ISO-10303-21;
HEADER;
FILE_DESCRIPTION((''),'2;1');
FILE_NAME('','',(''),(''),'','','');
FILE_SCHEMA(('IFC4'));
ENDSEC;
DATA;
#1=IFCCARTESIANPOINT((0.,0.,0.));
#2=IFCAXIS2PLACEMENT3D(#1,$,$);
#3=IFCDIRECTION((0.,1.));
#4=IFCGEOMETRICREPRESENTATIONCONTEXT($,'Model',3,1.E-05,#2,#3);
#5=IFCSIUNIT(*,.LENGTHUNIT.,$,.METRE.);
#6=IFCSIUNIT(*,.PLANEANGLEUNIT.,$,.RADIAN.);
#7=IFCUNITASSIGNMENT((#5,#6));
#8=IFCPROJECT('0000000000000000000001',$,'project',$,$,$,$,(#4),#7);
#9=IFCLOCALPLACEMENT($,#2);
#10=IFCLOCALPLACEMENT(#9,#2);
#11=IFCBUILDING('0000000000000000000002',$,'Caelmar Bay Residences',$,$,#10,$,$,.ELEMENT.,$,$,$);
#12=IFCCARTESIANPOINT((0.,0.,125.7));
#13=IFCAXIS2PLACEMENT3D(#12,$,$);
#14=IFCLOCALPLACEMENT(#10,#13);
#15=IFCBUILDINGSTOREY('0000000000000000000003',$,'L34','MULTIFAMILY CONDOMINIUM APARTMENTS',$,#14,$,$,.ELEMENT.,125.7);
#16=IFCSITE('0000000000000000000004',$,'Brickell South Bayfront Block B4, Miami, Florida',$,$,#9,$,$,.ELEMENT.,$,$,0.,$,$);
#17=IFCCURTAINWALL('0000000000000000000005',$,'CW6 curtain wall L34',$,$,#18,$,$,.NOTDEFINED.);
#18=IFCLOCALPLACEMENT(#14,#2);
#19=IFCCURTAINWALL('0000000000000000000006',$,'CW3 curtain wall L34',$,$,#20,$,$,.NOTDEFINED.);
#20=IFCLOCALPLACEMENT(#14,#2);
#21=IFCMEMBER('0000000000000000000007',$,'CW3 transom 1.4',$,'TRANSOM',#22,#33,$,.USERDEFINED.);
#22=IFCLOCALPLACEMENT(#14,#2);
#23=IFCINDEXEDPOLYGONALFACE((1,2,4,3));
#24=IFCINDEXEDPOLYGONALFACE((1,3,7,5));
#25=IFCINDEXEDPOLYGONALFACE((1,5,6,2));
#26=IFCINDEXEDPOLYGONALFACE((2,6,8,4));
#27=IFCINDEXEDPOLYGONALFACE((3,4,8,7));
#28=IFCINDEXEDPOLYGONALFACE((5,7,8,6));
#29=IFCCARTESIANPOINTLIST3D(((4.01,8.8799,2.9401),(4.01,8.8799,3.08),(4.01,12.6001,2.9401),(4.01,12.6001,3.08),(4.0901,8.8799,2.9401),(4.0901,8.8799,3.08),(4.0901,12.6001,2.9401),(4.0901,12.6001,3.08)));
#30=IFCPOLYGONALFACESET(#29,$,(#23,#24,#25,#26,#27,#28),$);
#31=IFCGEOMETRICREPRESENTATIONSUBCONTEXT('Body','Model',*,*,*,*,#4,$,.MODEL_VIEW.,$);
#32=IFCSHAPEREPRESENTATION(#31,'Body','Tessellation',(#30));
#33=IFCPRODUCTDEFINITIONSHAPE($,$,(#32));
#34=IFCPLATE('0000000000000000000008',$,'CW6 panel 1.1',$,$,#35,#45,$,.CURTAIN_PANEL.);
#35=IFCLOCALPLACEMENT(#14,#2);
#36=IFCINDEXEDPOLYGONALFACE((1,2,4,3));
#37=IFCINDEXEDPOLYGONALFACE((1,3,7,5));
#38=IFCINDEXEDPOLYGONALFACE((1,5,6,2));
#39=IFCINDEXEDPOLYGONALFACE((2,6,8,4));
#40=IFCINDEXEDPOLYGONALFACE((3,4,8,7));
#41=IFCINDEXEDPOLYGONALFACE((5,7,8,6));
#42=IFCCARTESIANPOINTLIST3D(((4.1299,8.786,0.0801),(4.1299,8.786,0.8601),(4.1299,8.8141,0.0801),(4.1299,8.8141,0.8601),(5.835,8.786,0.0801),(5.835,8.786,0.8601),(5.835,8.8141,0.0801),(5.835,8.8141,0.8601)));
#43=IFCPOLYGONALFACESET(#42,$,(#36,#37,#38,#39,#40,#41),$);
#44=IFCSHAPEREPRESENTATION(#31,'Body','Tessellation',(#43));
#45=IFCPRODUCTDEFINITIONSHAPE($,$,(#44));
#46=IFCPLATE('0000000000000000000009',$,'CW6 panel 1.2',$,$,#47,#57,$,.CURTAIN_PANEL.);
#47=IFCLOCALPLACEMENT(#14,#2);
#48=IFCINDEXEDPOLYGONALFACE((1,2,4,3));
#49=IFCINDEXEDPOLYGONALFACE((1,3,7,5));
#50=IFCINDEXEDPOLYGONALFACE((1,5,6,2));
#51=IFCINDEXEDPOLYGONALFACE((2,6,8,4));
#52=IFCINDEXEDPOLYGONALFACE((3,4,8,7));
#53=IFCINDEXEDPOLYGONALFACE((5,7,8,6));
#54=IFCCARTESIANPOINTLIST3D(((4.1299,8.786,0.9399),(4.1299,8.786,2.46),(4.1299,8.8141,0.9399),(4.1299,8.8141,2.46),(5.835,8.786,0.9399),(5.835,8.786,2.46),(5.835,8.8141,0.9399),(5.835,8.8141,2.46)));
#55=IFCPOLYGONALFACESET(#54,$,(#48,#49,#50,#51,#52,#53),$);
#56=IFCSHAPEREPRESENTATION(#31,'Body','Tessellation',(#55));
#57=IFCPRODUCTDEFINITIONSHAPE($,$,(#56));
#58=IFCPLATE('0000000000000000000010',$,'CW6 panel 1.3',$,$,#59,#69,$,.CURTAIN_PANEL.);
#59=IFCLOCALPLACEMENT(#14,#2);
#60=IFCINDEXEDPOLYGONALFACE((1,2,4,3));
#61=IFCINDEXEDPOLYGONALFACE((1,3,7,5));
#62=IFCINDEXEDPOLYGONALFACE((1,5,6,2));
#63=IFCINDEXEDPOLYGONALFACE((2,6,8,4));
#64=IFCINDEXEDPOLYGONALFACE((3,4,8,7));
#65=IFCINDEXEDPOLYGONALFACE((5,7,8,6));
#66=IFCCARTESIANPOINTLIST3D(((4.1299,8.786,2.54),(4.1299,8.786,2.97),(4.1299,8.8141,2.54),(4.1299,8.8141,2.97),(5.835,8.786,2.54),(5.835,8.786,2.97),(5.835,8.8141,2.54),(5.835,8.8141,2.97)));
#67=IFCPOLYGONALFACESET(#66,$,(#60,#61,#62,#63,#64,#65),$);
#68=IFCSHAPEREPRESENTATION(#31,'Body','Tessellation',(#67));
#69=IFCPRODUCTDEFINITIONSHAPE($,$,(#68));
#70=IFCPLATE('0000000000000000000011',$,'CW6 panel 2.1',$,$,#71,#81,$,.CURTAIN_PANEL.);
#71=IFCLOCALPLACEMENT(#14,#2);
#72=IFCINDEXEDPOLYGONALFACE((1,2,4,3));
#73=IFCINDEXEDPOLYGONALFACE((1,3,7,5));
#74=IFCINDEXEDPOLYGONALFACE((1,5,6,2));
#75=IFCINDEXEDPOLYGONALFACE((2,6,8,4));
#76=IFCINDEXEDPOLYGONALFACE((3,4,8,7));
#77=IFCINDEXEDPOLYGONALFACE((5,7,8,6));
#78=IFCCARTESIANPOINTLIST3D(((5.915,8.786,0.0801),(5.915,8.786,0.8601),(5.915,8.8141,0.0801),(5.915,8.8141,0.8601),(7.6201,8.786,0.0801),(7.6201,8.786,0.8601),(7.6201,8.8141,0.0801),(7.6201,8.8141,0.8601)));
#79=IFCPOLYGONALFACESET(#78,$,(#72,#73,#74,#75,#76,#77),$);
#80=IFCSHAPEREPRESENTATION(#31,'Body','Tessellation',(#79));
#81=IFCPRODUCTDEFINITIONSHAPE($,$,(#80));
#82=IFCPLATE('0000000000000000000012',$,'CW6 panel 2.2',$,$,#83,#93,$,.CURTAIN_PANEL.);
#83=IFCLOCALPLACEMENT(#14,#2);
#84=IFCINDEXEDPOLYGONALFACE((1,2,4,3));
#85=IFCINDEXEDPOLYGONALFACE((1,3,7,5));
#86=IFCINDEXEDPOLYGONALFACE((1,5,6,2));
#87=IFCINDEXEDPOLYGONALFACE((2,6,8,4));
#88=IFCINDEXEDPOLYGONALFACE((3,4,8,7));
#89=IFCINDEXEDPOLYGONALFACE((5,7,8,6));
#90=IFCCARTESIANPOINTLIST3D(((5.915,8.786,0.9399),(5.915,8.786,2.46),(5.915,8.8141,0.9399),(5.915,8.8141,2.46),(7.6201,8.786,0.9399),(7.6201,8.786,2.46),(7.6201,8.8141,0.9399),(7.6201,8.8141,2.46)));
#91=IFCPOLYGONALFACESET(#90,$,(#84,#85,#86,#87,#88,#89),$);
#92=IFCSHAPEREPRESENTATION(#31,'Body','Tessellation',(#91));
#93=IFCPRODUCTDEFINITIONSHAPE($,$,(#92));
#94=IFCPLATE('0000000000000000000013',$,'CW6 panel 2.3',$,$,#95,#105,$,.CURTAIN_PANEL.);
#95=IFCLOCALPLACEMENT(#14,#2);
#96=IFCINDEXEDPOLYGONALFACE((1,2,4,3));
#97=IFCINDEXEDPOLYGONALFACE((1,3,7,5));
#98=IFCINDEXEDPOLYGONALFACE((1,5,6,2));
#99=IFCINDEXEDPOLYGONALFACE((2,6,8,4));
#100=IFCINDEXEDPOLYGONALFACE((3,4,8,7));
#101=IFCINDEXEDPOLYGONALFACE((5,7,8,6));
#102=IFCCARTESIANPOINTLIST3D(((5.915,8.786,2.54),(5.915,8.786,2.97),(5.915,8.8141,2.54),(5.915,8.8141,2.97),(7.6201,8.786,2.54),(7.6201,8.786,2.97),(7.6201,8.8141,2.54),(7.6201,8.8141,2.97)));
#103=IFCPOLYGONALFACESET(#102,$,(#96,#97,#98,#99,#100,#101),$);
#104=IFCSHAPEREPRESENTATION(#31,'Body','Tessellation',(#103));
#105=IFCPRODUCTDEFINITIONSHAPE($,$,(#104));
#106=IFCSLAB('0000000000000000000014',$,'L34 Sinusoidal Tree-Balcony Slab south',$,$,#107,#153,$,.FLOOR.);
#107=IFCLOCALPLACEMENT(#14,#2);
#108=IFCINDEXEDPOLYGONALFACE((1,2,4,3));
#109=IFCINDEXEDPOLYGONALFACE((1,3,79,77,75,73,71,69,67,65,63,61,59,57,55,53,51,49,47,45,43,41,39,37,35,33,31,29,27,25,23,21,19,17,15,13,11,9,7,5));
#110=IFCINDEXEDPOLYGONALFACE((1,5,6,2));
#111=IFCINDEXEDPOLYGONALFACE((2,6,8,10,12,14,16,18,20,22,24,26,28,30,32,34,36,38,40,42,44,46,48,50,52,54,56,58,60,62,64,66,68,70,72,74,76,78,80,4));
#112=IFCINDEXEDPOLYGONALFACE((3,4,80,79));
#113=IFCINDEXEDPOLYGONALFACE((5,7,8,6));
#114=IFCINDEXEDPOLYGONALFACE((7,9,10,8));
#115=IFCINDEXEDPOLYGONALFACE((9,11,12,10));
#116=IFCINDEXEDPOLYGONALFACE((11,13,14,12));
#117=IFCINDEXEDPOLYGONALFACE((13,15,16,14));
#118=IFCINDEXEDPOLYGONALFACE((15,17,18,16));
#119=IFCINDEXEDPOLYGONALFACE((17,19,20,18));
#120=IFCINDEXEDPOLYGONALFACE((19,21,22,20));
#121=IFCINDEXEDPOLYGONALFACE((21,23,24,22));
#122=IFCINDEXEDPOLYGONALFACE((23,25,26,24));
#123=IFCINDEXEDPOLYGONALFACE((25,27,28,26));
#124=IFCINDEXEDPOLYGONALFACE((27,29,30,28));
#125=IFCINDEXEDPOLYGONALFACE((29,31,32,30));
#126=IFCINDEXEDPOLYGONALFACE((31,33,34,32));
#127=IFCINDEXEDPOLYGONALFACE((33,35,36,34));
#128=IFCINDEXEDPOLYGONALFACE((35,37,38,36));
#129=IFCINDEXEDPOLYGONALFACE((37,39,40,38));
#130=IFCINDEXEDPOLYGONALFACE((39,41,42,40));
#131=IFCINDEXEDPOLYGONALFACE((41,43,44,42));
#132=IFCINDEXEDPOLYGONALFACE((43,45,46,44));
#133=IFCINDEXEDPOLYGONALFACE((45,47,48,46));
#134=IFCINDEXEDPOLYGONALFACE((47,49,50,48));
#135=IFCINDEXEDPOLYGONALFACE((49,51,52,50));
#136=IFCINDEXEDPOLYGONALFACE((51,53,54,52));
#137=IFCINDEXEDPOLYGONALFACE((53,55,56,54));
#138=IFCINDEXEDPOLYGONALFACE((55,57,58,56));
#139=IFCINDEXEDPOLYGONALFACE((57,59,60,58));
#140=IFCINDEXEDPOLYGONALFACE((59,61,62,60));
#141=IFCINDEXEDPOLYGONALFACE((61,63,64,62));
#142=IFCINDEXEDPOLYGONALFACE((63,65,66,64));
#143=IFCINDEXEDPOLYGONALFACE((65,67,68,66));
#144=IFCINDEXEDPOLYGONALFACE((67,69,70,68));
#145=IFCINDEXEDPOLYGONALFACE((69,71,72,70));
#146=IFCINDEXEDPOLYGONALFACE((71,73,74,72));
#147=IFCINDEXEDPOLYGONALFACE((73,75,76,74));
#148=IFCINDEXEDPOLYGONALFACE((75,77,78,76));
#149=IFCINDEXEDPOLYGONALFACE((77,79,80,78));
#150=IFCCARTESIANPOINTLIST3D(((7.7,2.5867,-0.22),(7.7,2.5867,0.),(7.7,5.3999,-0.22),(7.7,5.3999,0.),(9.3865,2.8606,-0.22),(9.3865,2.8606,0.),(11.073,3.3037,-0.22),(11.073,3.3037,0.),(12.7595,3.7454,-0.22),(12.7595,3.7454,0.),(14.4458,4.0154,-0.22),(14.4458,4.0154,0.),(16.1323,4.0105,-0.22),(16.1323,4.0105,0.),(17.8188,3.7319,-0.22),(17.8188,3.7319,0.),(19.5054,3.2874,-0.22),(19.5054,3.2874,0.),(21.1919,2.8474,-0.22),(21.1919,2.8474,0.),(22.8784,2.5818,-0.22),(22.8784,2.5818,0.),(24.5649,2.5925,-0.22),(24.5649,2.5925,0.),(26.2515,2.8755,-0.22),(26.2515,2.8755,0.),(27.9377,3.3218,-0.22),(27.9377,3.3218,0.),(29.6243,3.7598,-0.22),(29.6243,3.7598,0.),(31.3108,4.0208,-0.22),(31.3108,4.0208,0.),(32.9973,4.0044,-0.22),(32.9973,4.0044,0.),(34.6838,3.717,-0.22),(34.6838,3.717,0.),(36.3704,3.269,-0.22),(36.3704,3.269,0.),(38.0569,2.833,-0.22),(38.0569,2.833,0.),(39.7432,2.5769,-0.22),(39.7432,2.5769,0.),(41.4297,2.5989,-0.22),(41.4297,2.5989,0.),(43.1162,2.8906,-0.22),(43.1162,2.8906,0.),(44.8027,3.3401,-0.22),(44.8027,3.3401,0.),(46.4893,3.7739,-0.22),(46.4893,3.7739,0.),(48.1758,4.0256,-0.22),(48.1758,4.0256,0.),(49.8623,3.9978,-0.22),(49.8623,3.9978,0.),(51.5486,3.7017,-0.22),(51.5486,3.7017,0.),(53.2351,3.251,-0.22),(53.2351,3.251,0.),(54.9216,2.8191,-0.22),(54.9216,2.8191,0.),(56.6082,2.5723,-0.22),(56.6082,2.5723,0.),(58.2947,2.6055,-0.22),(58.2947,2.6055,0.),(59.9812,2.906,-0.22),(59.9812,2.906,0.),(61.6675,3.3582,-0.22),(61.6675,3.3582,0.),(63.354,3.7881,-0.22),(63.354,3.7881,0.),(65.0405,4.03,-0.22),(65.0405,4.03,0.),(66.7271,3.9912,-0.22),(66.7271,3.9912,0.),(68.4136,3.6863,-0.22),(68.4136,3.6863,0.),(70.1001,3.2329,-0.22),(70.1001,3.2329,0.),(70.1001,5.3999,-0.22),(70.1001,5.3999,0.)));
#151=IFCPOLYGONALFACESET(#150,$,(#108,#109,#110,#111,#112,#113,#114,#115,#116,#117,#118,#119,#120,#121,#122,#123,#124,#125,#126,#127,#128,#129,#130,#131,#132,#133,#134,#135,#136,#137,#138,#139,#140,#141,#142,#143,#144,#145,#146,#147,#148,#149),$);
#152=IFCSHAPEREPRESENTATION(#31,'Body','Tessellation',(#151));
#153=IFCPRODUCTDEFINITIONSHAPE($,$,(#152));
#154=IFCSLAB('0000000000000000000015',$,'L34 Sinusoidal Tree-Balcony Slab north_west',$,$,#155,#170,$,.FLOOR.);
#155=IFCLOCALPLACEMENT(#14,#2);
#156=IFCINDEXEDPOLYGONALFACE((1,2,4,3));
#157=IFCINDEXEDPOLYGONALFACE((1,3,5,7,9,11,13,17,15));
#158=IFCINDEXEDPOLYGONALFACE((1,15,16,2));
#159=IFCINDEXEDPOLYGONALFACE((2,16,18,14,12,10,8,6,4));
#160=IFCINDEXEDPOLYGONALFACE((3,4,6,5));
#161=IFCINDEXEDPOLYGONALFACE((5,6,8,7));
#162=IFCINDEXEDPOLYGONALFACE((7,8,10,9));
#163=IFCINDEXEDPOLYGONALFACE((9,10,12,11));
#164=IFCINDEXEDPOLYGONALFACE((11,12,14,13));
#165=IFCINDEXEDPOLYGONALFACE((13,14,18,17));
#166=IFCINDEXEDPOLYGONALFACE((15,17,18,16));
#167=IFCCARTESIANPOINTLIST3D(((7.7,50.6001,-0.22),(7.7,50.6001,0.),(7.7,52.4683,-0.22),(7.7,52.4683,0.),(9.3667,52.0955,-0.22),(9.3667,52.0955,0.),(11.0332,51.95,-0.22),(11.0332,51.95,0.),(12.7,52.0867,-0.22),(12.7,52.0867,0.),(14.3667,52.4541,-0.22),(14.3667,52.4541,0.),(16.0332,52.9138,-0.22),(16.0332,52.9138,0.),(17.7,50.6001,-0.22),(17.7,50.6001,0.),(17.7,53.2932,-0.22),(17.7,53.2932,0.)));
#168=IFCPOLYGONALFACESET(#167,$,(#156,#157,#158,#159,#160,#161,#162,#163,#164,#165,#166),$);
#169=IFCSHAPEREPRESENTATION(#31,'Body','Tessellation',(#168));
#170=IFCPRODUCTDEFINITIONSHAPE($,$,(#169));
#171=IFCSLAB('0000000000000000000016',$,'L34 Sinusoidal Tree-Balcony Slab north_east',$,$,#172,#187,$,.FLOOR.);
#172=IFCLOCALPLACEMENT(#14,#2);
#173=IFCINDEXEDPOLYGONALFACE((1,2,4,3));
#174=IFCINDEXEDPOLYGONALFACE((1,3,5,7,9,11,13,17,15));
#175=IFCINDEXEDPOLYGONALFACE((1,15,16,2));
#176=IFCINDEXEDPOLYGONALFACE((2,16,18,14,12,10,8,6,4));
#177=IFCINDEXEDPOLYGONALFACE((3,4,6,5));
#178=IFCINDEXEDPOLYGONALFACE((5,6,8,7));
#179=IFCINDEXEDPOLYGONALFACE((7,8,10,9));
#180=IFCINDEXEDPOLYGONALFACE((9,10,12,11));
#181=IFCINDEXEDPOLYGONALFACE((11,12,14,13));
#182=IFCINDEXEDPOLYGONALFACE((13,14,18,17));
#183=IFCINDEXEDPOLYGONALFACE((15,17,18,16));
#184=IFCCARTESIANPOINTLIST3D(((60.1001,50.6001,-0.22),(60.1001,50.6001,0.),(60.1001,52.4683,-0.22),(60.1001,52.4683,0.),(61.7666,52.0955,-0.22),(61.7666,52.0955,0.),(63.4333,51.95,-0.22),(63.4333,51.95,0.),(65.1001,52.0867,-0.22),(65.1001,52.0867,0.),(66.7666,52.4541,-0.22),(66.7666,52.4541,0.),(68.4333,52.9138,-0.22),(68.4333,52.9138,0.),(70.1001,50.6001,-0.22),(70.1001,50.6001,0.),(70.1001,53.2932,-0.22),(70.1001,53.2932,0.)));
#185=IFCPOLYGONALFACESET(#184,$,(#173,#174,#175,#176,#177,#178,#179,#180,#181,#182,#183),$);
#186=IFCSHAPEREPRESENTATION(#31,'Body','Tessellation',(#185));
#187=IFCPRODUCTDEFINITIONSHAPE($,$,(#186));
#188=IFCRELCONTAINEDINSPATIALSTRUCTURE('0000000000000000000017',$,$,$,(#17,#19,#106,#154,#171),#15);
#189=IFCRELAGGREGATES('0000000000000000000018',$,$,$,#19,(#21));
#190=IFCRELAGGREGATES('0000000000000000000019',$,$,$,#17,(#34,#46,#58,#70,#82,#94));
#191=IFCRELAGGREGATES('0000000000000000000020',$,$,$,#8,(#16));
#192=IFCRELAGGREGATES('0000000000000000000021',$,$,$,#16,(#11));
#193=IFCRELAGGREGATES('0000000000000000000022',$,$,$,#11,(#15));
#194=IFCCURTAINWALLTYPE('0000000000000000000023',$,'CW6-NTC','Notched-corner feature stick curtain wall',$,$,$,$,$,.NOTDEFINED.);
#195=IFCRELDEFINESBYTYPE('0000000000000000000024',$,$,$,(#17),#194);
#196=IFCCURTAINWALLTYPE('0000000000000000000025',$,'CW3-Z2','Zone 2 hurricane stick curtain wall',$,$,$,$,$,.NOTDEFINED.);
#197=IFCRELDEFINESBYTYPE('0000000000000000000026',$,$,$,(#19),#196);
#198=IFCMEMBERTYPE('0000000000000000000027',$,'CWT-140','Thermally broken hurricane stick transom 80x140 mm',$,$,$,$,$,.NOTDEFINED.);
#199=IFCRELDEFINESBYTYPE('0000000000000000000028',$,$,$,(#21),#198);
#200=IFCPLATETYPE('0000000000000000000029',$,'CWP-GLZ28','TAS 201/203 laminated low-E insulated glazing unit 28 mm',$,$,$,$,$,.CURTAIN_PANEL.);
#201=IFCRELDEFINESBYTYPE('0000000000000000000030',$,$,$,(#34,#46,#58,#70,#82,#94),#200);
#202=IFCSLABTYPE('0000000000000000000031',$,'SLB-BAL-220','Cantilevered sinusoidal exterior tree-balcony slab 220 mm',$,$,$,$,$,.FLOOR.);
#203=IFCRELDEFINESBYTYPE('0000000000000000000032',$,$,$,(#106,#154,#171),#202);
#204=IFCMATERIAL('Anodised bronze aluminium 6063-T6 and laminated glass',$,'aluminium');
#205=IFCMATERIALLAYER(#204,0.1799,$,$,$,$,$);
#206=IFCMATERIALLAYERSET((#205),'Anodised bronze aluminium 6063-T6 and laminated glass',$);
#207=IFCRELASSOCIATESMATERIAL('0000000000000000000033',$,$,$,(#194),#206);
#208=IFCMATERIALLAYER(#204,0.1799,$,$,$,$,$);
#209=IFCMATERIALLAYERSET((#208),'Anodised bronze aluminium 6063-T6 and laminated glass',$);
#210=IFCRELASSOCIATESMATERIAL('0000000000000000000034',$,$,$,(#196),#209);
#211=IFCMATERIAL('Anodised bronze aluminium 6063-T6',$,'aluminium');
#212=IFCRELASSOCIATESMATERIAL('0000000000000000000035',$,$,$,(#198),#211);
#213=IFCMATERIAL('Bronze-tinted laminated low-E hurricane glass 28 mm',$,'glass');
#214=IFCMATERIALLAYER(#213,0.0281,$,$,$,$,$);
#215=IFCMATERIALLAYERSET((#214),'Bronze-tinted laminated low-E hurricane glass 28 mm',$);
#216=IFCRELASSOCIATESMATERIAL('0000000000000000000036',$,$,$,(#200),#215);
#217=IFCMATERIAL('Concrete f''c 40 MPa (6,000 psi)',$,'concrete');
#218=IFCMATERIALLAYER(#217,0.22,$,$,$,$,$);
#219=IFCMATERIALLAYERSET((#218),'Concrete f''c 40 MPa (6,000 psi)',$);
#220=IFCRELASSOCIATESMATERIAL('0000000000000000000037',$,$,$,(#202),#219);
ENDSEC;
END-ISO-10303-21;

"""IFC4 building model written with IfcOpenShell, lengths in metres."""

from ifc_helpers import new_model, si_unit, direction, frame, origin, origin_2d, place, context, subcontext, project, spatial, polyline, rectangle, outline, extrude, material, layer, layer_set, material_profile, profile_set, type_object, element, aggregate, save


model = new_model("IFC4")

# Units and contexts
model_context = context("Model", 3, precision=1e-05, world=origin(), true_north=direction((0.0, 1.0)))
body_context = subcontext(model_context, "Body", "Model", "MODEL_VIEW")
ifc_project = project(units=[si_unit("LENGTHUNIT", "METRE"), si_unit("PLANEANGLEUNIT", "RADIAN")], contexts=[model_context])

# Site, building, storey
site_placement = place(None, origin())
site = spatial("IfcSite", under=ifc_project, at=site_placement, Name="Brickell South Bayfront Block B4, Miami, Florida", CompositionType="ELEMENT", RefElevation=0.0)
building_placement = place(site_placement, origin())
building = spatial("IfcBuilding", under=site, at=building_placement, Name="Caelmar Bay Residences", CompositionType="ELEMENT")
storey_placement = place(building_placement, frame((0.0, 0.0, 125.7)))
storey = spatial("IfcBuildingStorey", under=building, at=storey_placement, Name="L34", Description="MULTIFAMILY CONDOMINIUM APARTMENTS", CompositionType="ELEMENT", Elevation=125.7)

# Curtain wall
ifc_material_1 = material(Name="Anodised bronze aluminium 6063-T6 and laminated glass", Category="aluminium")
ifc_layer_1 = layer(ifc_material_1, 0.1799)
ifc_layer_set_1 = layer_set([ifc_layer_1], Name="Anodised bronze aluminium 6063-T6 and laminated glass")
curtain_wall_type_1 = type_object("IfcCurtainWallType", Name="CW6-NTC", Description="Notched-corner feature stick curtain wall", PredefinedType="NOTDEFINED", material=ifc_layer_set_1)
curtain_wall_1_placement = place(storey_placement, origin())
curtain_wall_1 = element("IfcCurtainWall", 1, at=curtain_wall_1_placement, inside=storey, type_object=curtain_wall_type_1, Name="CW6 curtain wall L34", PredefinedType="NOTDEFINED")
ifc_material_2 = material(Name="Anodised bronze aluminium 6063-T6", Category="aluminium")

# Curtain wall
ifc_layer_2 = layer(ifc_material_1, 0.1799)
ifc_layer_set_2 = layer_set([ifc_layer_2], Name="Anodised bronze aluminium 6063-T6 and laminated glass")
curtain_wall_type_2 = type_object("IfcCurtainWallType", Name="CW3-Z2", Description="Zone 2 hurricane stick curtain wall", PredefinedType="NOTDEFINED", material=ifc_layer_set_2)
curtain_wall_2_placement = place(storey_placement, origin())
curtain_wall_2 = element("IfcCurtainWall", 2, at=curtain_wall_2_placement, inside=storey, type_object=curtain_wall_type_2, Name="CW3 curtain wall L34", PredefinedType="NOTDEFINED")

# Member
ifc_material_profile_1 = material_profile(ifc_material_2, rectangle(XDim=0.0801, YDim=0.1399, at=origin_2d()), Name="CWT-80X140")
ifc_profile_set_1 = profile_set([ifc_material_profile_1], Name="Anodised bronze aluminium 6063-T6")
member_type_1 = type_object("IfcMemberType", Name="CWT-140", Description="Thermally broken hurricane stick transom 80x140 mm", PredefinedType="NOTDEFINED", material=ifc_profile_set_1)
member_1_placement = place(storey_placement, frame((4.05, 8.8799, 3.01), z_axis=(0.0, 1.0, 0.0), x_axis=(-1.0, 0.0, 0.0)))
member_1 = element("IfcMember", 3, at=member_1_placement, type_object=member_type_1, Name="CW3 transom 1.4", ObjectType="TRANSOM", PredefinedType="USERDEFINED", context=body_context, shape_type="SweptSolid", body=[
    extrude(rectangle(XDim=0.0801, YDim=0.1399, at=origin_2d()), origin(), (0.0, 0.0, 1.0), 3.7202),
])
aggregate(curtain_wall_2, [member_1])

# Plates
ifc_material_3 = material(Name="Bronze-tinted laminated low-E hurricane glass 28 mm", Category="glass")
ifc_layer_3 = layer(ifc_material_3, 0.0281)
ifc_layer_set_3 = layer_set([ifc_layer_3], Name="Bronze-tinted laminated low-E hurricane glass 28 mm")
plate_type = type_object("IfcPlateType", Name="CWP-GLZ28", Description="TAS 201/203 laminated low-E insulated glazing unit 28 mm", PredefinedType="CURTAIN_PANEL", material=ifc_layer_set_3)
plate_1_placement = place(storey_placement, frame((4.9824, 8.8, 0.0801), z_axis=(0.0, 0.0, 1.0), x_axis=(1.0, 0.0, 0.0)))
plate_1 = element("IfcPlate", 4, at=plate_1_placement, type_object=plate_type, Name="CW6 panel 1.1", PredefinedType="CURTAIN_PANEL", context=body_context, shape_type="SweptSolid", body=[
    extrude(rectangle(XDim=1.7051, YDim=0.0281, at=origin_2d()), origin(), (0.0, 0.0, 1.0), 0.78),
])
plate_2_placement = place(storey_placement, frame((4.9824, 8.8, 0.9399), z_axis=(0.0, 0.0, 1.0), x_axis=(1.0, 0.0, 0.0)))
plate_2 = element("IfcPlate", 5, at=plate_2_placement, type_object=plate_type, Name="CW6 panel 1.2", PredefinedType="CURTAIN_PANEL", context=body_context, shape_type="SweptSolid", body=[
    extrude(rectangle(XDim=1.7051, YDim=0.0281, at=origin_2d()), origin(), (0.0, 0.0, 1.0), 1.52),
])
plate_3_placement = place(storey_placement, frame((4.9824, 8.8, 2.54), z_axis=(0.0, 0.0, 1.0), x_axis=(1.0, 0.0, 0.0)))
plate_3 = element("IfcPlate", 6, at=plate_3_placement, type_object=plate_type, Name="CW6 panel 1.3", PredefinedType="CURTAIN_PANEL", context=body_context, shape_type="SweptSolid", body=[
    extrude(rectangle(XDim=1.7051, YDim=0.0281, at=origin_2d()), origin(), (0.0, 0.0, 1.0), 0.4299),
])
plate_4_placement = place(storey_placement, frame((6.7676, 8.8, 0.0801), z_axis=(0.0, 0.0, 1.0), x_axis=(1.0, 0.0, 0.0)))
plate_4 = element("IfcPlate", 7, at=plate_4_placement, type_object=plate_type, Name="CW6 panel 2.1", PredefinedType="CURTAIN_PANEL", context=body_context, shape_type="SweptSolid", body=[
    extrude(rectangle(XDim=1.7051, YDim=0.0281, at=origin_2d()), origin(), (0.0, 0.0, 1.0), 0.78),
])
plate_5_placement = place(storey_placement, frame((6.7676, 8.8, 0.9399), z_axis=(0.0, 0.0, 1.0), x_axis=(1.0, 0.0, 0.0)))
plate_5 = element("IfcPlate", 8, at=plate_5_placement, type_object=plate_type, Name="CW6 panel 2.2", PredefinedType="CURTAIN_PANEL", context=body_context, shape_type="SweptSolid", body=[
    extrude(rectangle(XDim=1.7051, YDim=0.0281, at=origin_2d()), origin(), (0.0, 0.0, 1.0), 1.52),
])
plate_6_placement = place(storey_placement, frame((6.7676, 8.8, 2.54), z_axis=(0.0, 0.0, 1.0), x_axis=(1.0, 0.0, 0.0)))
plate_6 = element("IfcPlate", 9, at=plate_6_placement, type_object=plate_type, Name="CW6 panel 2.3", PredefinedType="CURTAIN_PANEL", context=body_context, shape_type="SweptSolid", body=[
    extrude(rectangle(XDim=1.7051, YDim=0.0281, at=origin_2d()), origin(), (0.0, 0.0, 1.0), 0.4299),
])
aggregate(curtain_wall_1, [plate_1, plate_2, plate_3, plate_4, plate_5, plate_6])

# Slabs
ifc_material_4 = material(Name="Concrete f'c 40 MPa (6,000 psi)", Category="concrete")
ifc_layer_4 = layer(ifc_material_4, 0.22)
ifc_layer_set_4 = layer_set([ifc_layer_4], Name="Concrete f'c 40 MPa (6,000 psi)")
slab_type_1 = type_object("IfcSlabType", Name="SLB-BAL-220", Description="Cantilevered sinusoidal exterior tree-balcony slab 220 mm", PredefinedType="FLOOR", material=ifc_layer_set_4)
slab_1_placement = place(storey_placement, frame((0.0, 0.0, -0.22)))
element("IfcSlab", 10, at=slab_1_placement, inside=storey, type_object=slab_type_1, Name="L34 Sinusoidal Tree-Balcony Slab south", PredefinedType="FLOOR", context=body_context, shape_type="SweptSolid", body=[
    extrude(outline(polyline([(7.7, 2.5867), (9.3865, 2.8606), (11.073, 3.3037), (12.7595, 3.7454), (14.4458, 4.0154), (16.1323, 4.0105), (17.8188, 3.7319), (19.5054, 3.2874), (21.1919, 2.8474), (22.8784, 2.5818), (24.5649, 2.5925), (26.2515, 2.8755), (27.9377, 3.3218), (29.6243, 3.7598), (31.3108, 4.0208), (32.9973, 4.0044), (34.6838, 3.717), (36.3704, 3.269), (38.0569, 2.833), (39.7432, 2.5769), (41.4297, 2.5989), (43.1162, 2.8906), (44.8027, 3.3401), (46.4893, 3.7739), (48.1758, 4.0256), (49.8623, 3.9978), (51.5486, 3.7017), (53.2351, 3.251), (54.9216, 2.8191), (56.6082, 2.5723), (58.2947, 2.6055), (59.9812, 2.906), (61.6675, 3.3582), (63.354, 3.7881), (65.0405, 4.03), (66.7271, 3.9912), (68.4136, 3.6863), (70.1001, 3.2329), (70.1001, 5.3999), (7.7, 5.3999), (7.7, 2.5867)])), origin(), (0.0, 0.0, 1.0), 0.22),
])
slab_2_placement = place(storey_placement, frame((0.0, 0.0, -0.22)))
element("IfcSlab", 11, at=slab_2_placement, inside=storey, type_object=slab_type_1, Name="L34 Sinusoidal Tree-Balcony Slab north_west", PredefinedType="FLOOR", context=body_context, shape_type="SweptSolid", body=[
    extrude(outline(polyline([(7.7, 50.6001), (17.7, 50.6001), (17.7, 53.2932), (16.0332, 52.9138), (14.3667, 52.4541), (12.7, 52.0867), (11.0332, 51.95), (9.3667, 52.0955), (7.7, 52.4683), (7.7, 50.6001)])), origin(), (0.0, 0.0, 1.0), 0.22),
])
slab_3_placement = place(storey_placement, frame((0.0, 0.0, -0.22)))
element("IfcSlab", 12, at=slab_3_placement, inside=storey, type_object=slab_type_1, Name="L34 Sinusoidal Tree-Balcony Slab north_east", PredefinedType="FLOOR", context=body_context, shape_type="SweptSolid", body=[
    extrude(outline(polyline([(60.1001, 50.6001), (70.1001, 50.6001), (70.1001, 53.2932), (68.4333, 52.9138), (66.7666, 52.4541), (65.1001, 52.0867), (63.4333, 51.95), (61.7666, 52.0955), (60.1001, 52.4683), (60.1001, 50.6001)])), origin(), (0.0, 0.0, 1.0), 0.22),
])

save(model, "model.ifc")
